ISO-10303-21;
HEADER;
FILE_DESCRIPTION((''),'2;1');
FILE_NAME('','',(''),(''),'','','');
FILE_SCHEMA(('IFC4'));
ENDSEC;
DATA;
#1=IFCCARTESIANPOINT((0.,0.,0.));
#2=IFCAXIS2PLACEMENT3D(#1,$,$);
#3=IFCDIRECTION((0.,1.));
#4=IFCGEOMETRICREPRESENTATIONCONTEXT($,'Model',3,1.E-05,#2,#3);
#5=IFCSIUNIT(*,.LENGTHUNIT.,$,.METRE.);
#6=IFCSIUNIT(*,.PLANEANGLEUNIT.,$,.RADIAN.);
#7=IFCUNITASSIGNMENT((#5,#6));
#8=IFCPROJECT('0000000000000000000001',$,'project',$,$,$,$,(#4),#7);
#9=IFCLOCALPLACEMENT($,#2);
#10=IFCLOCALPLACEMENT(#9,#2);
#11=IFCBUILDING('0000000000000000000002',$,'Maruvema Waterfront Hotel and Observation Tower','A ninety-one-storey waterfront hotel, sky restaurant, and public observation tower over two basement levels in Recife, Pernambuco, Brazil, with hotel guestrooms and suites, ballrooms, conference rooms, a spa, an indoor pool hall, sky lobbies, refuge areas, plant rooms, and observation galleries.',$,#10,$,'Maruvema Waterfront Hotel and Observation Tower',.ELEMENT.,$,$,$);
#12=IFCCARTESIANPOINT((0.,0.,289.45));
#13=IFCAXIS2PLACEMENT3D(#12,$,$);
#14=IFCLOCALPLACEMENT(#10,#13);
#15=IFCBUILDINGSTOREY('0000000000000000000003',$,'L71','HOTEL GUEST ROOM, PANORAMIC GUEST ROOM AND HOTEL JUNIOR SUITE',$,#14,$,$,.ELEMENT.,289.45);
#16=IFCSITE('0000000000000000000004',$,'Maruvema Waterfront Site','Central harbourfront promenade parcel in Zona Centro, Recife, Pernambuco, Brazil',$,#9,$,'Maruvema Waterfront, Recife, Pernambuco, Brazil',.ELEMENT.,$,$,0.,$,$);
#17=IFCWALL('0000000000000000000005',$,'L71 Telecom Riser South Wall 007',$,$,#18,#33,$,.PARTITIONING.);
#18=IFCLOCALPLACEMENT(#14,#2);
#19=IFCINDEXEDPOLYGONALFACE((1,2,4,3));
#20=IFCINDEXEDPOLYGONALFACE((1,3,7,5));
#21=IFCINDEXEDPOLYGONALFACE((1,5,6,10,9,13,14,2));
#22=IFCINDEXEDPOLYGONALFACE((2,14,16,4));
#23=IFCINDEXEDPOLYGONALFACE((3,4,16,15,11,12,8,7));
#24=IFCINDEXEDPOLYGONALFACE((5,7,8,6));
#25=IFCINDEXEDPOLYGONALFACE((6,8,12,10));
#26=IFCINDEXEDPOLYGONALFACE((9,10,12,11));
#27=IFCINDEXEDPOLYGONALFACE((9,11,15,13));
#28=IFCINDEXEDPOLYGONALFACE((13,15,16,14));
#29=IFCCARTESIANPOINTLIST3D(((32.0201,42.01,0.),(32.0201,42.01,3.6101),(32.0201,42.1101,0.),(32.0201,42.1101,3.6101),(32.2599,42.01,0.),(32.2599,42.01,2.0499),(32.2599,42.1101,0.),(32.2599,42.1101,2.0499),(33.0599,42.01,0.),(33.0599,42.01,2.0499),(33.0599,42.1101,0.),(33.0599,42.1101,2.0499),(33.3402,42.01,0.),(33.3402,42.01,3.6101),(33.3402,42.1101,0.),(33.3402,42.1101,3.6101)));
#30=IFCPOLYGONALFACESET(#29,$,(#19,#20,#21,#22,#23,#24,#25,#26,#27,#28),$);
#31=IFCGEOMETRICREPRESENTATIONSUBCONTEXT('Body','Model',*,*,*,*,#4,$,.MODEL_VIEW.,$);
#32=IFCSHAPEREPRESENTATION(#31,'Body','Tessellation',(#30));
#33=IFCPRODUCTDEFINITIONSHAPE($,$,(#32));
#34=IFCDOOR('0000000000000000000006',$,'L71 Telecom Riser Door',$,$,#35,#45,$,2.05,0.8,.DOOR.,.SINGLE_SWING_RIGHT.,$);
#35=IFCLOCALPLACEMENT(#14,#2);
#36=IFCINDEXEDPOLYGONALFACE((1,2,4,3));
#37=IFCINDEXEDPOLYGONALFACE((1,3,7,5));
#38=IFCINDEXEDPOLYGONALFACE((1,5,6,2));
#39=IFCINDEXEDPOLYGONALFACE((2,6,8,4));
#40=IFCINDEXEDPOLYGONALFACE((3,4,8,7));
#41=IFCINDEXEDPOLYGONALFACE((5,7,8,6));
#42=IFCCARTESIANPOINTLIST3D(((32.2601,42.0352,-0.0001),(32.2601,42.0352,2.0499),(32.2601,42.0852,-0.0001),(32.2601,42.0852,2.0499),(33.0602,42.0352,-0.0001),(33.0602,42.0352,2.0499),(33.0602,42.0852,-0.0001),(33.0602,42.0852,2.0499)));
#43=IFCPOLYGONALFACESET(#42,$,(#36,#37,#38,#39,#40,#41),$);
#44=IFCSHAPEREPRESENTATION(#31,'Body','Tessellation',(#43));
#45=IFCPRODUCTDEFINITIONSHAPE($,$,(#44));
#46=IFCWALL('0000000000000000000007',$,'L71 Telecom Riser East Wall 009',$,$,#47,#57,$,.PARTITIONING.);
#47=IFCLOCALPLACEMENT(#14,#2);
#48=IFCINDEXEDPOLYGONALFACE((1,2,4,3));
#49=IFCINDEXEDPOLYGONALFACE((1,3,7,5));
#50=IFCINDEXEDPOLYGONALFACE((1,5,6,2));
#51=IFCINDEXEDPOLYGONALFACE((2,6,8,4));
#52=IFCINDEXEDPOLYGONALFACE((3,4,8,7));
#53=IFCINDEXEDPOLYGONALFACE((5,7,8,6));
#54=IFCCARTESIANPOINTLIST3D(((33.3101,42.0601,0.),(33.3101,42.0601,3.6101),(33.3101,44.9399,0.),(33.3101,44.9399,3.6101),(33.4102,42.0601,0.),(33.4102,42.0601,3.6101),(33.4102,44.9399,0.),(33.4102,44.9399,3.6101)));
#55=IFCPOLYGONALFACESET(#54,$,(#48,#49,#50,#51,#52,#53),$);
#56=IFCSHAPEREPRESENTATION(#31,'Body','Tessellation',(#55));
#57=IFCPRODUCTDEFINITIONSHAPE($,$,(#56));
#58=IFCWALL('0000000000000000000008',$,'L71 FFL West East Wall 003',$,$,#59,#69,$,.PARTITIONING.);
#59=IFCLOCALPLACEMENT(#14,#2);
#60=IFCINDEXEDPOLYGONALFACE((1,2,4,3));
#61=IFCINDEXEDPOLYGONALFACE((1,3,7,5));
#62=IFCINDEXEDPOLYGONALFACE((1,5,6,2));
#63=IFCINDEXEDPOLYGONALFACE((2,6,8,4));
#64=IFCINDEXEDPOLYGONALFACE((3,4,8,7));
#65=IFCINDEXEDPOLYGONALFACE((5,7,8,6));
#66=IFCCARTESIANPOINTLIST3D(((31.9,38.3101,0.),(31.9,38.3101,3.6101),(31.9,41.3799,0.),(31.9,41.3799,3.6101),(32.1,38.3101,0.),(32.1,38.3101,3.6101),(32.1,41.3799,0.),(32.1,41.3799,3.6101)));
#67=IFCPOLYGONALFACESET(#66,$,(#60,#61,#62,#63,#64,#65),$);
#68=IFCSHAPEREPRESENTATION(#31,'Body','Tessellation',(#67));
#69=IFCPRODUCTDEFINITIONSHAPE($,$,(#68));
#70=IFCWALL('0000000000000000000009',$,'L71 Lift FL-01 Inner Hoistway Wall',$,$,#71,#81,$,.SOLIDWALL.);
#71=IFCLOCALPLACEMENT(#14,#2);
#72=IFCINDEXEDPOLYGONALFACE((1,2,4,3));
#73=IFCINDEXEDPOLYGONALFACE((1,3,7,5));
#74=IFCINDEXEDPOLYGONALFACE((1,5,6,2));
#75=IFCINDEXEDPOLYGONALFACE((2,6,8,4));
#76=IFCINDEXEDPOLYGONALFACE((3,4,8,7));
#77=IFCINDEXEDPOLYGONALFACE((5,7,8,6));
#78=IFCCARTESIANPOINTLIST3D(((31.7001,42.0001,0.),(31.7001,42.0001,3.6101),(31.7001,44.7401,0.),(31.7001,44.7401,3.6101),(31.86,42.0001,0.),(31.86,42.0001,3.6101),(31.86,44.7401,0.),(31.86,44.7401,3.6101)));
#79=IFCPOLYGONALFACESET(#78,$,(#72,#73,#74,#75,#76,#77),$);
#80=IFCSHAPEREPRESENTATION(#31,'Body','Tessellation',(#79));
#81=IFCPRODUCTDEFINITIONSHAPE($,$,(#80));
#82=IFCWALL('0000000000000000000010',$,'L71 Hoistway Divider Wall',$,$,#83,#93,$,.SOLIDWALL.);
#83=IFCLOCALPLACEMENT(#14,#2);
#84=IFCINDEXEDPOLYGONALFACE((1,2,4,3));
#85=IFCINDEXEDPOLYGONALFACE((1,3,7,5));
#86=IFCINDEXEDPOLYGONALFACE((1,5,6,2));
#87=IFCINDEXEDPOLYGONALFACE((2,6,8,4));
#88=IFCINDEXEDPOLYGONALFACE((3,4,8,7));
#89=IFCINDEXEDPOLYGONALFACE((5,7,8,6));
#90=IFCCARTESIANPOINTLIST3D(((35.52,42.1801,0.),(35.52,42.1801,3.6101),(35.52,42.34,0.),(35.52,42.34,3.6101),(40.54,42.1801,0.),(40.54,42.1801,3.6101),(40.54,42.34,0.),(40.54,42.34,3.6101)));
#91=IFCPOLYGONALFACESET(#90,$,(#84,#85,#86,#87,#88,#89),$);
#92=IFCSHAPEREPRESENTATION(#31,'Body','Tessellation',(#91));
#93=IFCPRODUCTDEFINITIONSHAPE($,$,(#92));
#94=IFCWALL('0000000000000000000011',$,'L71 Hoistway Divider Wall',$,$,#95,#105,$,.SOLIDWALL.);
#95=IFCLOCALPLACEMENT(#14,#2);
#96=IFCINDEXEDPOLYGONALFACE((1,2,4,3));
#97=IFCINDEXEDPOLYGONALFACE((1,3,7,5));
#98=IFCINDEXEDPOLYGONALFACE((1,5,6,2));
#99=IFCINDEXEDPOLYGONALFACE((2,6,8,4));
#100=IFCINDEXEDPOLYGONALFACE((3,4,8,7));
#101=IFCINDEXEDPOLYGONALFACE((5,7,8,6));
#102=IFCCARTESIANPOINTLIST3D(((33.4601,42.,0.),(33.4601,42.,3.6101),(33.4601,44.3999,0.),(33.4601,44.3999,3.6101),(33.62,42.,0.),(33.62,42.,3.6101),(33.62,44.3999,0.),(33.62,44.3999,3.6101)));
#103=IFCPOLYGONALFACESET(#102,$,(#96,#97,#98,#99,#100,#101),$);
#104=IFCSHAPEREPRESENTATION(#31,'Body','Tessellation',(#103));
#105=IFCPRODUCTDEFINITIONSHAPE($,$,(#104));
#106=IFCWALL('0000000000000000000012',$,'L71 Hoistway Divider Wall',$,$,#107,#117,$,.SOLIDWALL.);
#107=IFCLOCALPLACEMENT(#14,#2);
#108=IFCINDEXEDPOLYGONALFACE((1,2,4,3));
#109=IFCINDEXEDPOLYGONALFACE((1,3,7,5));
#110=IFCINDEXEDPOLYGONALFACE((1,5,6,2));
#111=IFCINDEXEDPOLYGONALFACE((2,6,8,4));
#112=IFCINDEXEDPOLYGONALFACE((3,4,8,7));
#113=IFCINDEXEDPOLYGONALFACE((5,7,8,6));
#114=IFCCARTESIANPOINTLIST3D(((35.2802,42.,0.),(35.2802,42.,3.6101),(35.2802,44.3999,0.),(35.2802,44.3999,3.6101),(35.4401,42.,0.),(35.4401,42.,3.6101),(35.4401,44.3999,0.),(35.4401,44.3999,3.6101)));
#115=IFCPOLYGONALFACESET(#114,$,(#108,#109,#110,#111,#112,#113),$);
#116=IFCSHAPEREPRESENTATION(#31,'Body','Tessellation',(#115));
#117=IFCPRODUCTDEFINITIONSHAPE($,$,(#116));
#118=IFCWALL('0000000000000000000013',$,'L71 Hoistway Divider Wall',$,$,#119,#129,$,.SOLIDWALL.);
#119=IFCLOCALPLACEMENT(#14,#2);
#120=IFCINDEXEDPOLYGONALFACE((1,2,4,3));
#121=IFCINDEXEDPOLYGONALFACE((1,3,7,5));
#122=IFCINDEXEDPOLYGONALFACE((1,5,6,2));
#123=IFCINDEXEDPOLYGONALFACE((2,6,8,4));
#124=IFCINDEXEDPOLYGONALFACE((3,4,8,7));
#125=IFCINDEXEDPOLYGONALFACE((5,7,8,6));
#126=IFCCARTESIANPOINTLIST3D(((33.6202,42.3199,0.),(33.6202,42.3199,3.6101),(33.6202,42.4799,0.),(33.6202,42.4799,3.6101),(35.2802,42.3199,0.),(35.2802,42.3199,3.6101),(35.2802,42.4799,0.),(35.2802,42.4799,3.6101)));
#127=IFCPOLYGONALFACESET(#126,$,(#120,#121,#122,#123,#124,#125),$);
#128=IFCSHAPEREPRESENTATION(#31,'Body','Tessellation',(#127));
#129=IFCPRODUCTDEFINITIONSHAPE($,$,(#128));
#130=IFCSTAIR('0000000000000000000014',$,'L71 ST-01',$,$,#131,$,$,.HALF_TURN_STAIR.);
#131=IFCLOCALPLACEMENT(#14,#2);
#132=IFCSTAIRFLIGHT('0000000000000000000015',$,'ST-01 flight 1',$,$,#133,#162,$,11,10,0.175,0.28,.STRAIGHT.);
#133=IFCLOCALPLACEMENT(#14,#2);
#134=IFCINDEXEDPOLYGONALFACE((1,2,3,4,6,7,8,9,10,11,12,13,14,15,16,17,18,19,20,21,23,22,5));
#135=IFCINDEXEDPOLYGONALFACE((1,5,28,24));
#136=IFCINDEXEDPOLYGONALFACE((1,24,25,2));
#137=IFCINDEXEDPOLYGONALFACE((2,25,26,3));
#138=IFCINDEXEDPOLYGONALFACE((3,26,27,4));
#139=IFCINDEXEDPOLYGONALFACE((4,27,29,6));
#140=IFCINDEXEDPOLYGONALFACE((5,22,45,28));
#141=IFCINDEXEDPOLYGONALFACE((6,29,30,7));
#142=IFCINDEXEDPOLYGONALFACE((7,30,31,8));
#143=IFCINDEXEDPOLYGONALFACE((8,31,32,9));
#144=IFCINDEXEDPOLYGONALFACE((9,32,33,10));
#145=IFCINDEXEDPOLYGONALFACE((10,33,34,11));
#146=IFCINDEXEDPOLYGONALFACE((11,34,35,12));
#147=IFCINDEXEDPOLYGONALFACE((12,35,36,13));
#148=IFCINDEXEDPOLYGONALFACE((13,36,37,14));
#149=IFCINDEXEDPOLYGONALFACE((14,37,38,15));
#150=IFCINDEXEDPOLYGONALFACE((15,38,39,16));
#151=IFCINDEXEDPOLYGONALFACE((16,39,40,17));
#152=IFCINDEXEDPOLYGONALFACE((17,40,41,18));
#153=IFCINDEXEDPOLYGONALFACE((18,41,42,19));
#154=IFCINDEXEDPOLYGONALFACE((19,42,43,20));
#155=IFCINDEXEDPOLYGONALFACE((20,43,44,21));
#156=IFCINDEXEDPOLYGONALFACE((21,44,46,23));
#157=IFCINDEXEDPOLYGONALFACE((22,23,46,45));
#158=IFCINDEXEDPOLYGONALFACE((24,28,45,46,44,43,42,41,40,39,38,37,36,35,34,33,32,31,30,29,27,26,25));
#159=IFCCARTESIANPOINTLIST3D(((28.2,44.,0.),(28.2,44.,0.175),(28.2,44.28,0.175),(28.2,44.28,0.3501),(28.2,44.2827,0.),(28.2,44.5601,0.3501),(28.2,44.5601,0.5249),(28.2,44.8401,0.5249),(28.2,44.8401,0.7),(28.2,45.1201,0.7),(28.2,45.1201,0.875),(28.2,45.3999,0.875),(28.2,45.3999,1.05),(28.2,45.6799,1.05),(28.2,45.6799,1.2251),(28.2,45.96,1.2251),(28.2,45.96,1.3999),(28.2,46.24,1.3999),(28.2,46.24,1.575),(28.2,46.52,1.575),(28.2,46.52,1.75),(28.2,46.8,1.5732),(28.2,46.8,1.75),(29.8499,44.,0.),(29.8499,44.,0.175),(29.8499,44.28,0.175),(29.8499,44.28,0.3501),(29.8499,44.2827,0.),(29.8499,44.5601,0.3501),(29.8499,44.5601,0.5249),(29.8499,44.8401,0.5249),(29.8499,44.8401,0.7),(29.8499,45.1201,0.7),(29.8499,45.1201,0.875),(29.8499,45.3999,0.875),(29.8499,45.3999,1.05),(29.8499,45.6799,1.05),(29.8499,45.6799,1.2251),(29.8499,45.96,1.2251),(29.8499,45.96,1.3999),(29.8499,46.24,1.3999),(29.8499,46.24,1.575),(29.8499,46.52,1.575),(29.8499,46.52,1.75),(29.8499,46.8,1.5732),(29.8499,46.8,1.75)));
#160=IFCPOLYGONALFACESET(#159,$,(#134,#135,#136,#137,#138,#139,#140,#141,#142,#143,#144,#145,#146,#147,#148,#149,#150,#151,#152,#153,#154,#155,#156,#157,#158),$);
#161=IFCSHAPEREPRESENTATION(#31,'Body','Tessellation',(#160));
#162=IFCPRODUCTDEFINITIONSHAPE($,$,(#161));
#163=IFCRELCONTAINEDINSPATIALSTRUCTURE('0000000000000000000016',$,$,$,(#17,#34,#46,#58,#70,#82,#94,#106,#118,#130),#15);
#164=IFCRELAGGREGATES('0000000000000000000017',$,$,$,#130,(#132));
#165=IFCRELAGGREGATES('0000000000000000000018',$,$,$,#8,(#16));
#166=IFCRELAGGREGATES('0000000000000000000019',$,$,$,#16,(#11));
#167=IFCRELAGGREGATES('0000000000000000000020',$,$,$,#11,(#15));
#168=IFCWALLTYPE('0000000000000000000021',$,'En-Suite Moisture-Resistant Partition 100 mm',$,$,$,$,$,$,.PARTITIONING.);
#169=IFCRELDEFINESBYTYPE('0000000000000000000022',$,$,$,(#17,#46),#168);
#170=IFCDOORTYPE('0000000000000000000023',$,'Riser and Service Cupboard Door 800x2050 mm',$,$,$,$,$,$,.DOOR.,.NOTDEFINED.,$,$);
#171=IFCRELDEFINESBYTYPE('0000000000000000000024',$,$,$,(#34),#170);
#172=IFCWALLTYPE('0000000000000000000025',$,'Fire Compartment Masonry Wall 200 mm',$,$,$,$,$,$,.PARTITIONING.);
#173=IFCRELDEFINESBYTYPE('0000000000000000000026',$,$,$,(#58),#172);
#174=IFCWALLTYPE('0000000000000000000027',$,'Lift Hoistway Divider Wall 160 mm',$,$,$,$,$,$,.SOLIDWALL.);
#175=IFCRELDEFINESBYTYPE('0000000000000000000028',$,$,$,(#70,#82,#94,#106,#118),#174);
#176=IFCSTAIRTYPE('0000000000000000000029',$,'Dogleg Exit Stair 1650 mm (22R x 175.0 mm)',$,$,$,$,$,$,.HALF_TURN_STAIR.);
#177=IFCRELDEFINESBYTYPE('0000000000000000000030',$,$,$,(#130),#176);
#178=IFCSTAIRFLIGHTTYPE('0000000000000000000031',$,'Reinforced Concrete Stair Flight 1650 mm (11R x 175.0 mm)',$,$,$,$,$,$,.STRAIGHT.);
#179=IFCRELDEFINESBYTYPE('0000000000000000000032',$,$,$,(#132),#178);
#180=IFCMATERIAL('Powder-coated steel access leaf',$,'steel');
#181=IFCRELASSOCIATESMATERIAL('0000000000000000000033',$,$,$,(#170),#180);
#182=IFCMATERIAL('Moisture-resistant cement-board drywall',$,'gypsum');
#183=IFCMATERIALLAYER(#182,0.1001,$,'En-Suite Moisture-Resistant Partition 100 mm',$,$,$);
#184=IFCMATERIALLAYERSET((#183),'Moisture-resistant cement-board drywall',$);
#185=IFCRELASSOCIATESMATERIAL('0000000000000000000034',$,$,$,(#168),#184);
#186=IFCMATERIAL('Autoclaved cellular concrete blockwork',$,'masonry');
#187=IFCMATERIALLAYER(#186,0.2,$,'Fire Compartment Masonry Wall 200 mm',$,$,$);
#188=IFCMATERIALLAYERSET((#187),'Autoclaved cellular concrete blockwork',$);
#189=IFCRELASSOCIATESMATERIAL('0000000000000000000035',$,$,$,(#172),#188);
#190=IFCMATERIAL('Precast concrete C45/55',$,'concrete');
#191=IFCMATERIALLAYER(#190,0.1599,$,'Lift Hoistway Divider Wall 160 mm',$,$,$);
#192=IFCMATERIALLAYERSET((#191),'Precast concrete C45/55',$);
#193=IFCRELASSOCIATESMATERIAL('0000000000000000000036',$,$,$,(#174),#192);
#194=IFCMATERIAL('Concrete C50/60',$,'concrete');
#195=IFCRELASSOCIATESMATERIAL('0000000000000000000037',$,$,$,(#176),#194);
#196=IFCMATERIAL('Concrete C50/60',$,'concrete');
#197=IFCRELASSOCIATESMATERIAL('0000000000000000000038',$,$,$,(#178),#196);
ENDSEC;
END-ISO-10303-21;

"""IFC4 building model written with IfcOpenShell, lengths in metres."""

from ifc_helpers import new_model, si_unit, direction, frame, frame_2d, origin, place, context, subcontext, project, spatial, polyline, rectangle, outline, extrude, material, layer, layer_set, type_object, element, fill, aggregate, save


model = new_model("IFC4")

# Units and contexts
model_context = context("Model", 3, precision=1e-05, world=origin(), true_north=direction((0.0, 1.0)))
body_context = subcontext(model_context, "Body", "Model", "MODEL_VIEW")
ifc_project = project(units=[si_unit("LENGTHUNIT", "METRE"), si_unit("PLANEANGLEUNIT", "RADIAN")], contexts=[model_context])

# Site, building, storey
site_placement = place(None, origin())
site = spatial("IfcSite", under=ifc_project, at=site_placement, Name="Maruvema Waterfront Site", Description="Central harbourfront promenade parcel in Zona Centro, Recife, Pernambuco, Brazil", LongName="Maruvema Waterfront, Recife, Pernambuco, Brazil", CompositionType="ELEMENT", RefElevation=0.0)
building_placement = place(site_placement, origin())
building = spatial("IfcBuilding", under=site, at=building_placement, Name="Maruvema Waterfront Hotel and Observation Tower", Description="A ninety-one-storey waterfront hotel, sky restaurant, and public observation tower over two basement levels in Recife, Pernambuco, Brazil, with hotel guestrooms and suites, ballrooms, conference rooms, a spa, an indoor pool hall, sky lobbies, refuge areas, plant rooms, and observation galleries.", LongName="Maruvema Waterfront Hotel and Observation Tower", CompositionType="ELEMENT")
storey_placement = place(building_placement, frame((0.0, 0.0, 289.45)))
storey = spatial("IfcBuildingStorey", under=building, at=storey_placement, Name="L71", Description="HOTEL GUEST ROOM, PANORAMIC GUEST ROOM AND HOTEL JUNIOR SUITE", CompositionType="ELEMENT", Elevation=289.45)

# Shared definitions
ifc_material_1 = material(Name="Powder-coated steel access leaf", Category="steel")
door_type_1 = type_object("IfcDoorType", Name="Riser and Service Cupboard Door 800x2050 mm", OperationType="NOTDEFINED", PredefinedType="DOOR", material=ifc_material_1)

# Wall, opening, door
ifc_material_2 = material(Name="Moisture-resistant cement-board drywall", Category="gypsum")
ifc_layer_1 = layer(ifc_material_2, 0.1001, Name="En-Suite Moisture-Resistant Partition 100 mm")
ifc_layer_set_1 = layer_set([ifc_layer_1], Name="Moisture-resistant cement-board drywall")
wall_type_1 = type_object("IfcWallType", Name="En-Suite Moisture-Resistant Partition 100 mm", PredefinedType="PARTITIONING", material=ifc_layer_set_1)
wall_1_placement = place(storey_placement, frame((32.02, 42.0601, 0.0), z_axis=(0.0, 0.0, 1.0), x_axis=(1.0, 0.0, 0.0)))
wall_1 = element("IfcWall", 1, at=wall_1_placement, inside=storey, type_object=wall_type_1, Name="L71 Telecom Riser South Wall 007", PredefinedType="PARTITIONING", context=body_context, shape_type="SweptSolid", body=[
    extrude(rectangle(XDim=1.3201, YDim=0.1001, at=frame_2d((0.6602, 0.0))), origin(), (0.0, 0.0, 1.0), 3.6101),
])
opening_1_placement = place(wall_1_placement, frame((0.24, 0.0, 0.0)))
opening_1 = element("IfcOpeningElement", 2, at=opening_1_placement, cuts=wall_1, PredefinedType="OPENING", context=body_context, shape_type="SweptSolid", body=[
    extrude(rectangle(XDim=0.8, YDim=2.05, at=frame_2d((0.3999, 1.0249))), frame((0.0, 0.0601, 0.0), z_axis=(0.0, -1.0, 0.0), x_axis=(1.0, 0.0, 0.0)), (0.0, 0.0, 1.0), 0.1201),
])
door_1_placement = place(opening_1_placement, frame((0.8, 0.0, 0.0), z_axis=(0.0, 0.0, 1.0), x_axis=(-1.0, 0.0, 0.0)))
door_1 = element("IfcDoor", 3, at=door_1_placement, inside=storey, type_object=door_type_1, Name="L71 Telecom Riser Door", OperationType="SINGLE_SWING_RIGHT", OverallHeight=2.05, OverallWidth=0.8, PredefinedType="DOOR", context=body_context, shape_type="SweptSolid", body=[
    extrude(rectangle(XDim=0.8, YDim=2.05, at=frame_2d((0.3999, 1.0249))), frame((0.0, 0.0249, 0.0), z_axis=(0.0, -1.0, 0.0), x_axis=(1.0, 0.0, 0.0)), (0.0, 0.0, 1.0), 0.05),
])
fill(opening_1, door_1)

# Walls
wall_2_placement = place(storey_placement, frame((33.3601, 42.0601, 0.0), z_axis=(0.0, 0.0, 1.0), x_axis=(0.0, 1.0, 0.0)))
element("IfcWall", 4, at=wall_2_placement, inside=storey, type_object=wall_type_1, Name="L71 Telecom Riser East Wall 009", PredefinedType="PARTITIONING", context=body_context, shape_type="SweptSolid", body=[
    extrude(rectangle(XDim=2.8799, YDim=0.1001, at=frame_2d((1.4399, 0.0))), origin(), (0.0, 0.0, 1.0), 3.6101),
])
ifc_material_3 = material(Name="Autoclaved cellular concrete blockwork", Category="masonry")
ifc_layer_2 = layer(ifc_material_3, 0.2, Name="Fire Compartment Masonry Wall 200 mm")
ifc_layer_set_2 = layer_set([ifc_layer_2], Name="Autoclaved cellular concrete blockwork")
wall_type_2 = type_object("IfcWallType", Name="Fire Compartment Masonry Wall 200 mm", PredefinedType="PARTITIONING", material=ifc_layer_set_2)
wall_3_placement = place(storey_placement, frame((32.0, 38.3101, 0.0), z_axis=(0.0, 0.0, 1.0), x_axis=(0.0, 1.0, 0.0)))
element("IfcWall", 5, at=wall_3_placement, inside=storey, type_object=wall_type_2, Name="L71 FFL West East Wall 003", PredefinedType="PARTITIONING", context=body_context, shape_type="SweptSolid", body=[
    extrude(rectangle(XDim=3.0698, YDim=0.2, at=frame_2d((1.5349, 0.0))), origin(), (0.0, 0.0, 1.0), 3.6101),
])
ifc_material_4 = material(Name="Precast concrete C45/55", Category="concrete")
ifc_layer_3 = layer(ifc_material_4, 0.1599, Name="Lift Hoistway Divider Wall 160 mm")
ifc_layer_set_3 = layer_set([ifc_layer_3], Name="Precast concrete C45/55")
wall_type_3 = type_object("IfcWallType", Name="Lift Hoistway Divider Wall 160 mm", PredefinedType="SOLIDWALL", material=ifc_layer_set_3)
wall_4_placement = place(storey_placement, frame((31.78, 42.0, 0.0), z_axis=(0.0, 0.0, 1.0), x_axis=(0.0, 1.0, 0.0)))
element("IfcWall", 6, at=wall_4_placement, inside=storey, type_object=wall_type_3, Name="L71 Lift FL-01 Inner Hoistway Wall", PredefinedType="SOLIDWALL", context=body_context, shape_type="SweptSolid", body=[
    extrude(rectangle(XDim=2.74, YDim=0.1599, at=frame_2d((1.3701, 0.0))), origin(), (0.0, 0.0, 1.0), 3.6101),
])
wall_5_placement = place(storey_placement, frame((35.52, 42.26, 0.0), z_axis=(0.0, 0.0, 1.0), x_axis=(1.0, 0.0, 0.0)))
element("IfcWall", 7, at=wall_5_placement, inside=storey, type_object=wall_type_3, Name="L71 Hoistway Divider Wall", PredefinedType="SOLIDWALL", context=body_context, shape_type="SweptSolid", body=[
    extrude(rectangle(XDim=5.02, YDim=0.1599, at=frame_2d((2.51, 0.0))), origin(), (0.0, 0.0, 1.0), 3.6101),
])
for number, where, z_axis, x_axis, name in (
    (8, (33.54, 42.0, 0.0), (0.0, 0.0, 1.0), (0.0, 1.0, 0.0), "L71 Hoistway Divider Wall"),
    (9, (35.3601, 42.0, 0.0), (0.0, 0.0, 1.0), (0.0, 1.0, 0.0), "L71 Hoistway Divider Wall"),
):
    element("IfcWall", number, at=place(storey_placement, frame(where, z_axis=z_axis, x_axis=x_axis)), inside=storey, type_object=wall_type_3, Name=name, PredefinedType="SOLIDWALL", context=body_context, shape_type="SweptSolid", body=[
        extrude(rectangle(XDim=2.3999, YDim=0.1599, at=frame_2d((1.2, 0.0))), origin(), (0.0, 0.0, 1.0), 3.6101),
    ])
wall_6_placement = place(storey_placement, frame((33.6201, 42.3999, 0.0), z_axis=(0.0, 0.0, 1.0), x_axis=(1.0, 0.0, 0.0)))
element("IfcWall", 10, at=wall_6_placement, inside=storey, type_object=wall_type_3, Name="L71 Hoistway Divider Wall", PredefinedType="SOLIDWALL", context=body_context, shape_type="SweptSolid", body=[
    extrude(rectangle(XDim=1.6599, YDim=0.1599, at=frame_2d((0.8301, 0.0))), origin(), (0.0, 0.0, 1.0), 3.6101),
])

# Stair, stair flight
ifc_material_5 = material(Name="Concrete C50/60", Category="concrete")
stair_type = type_object("IfcStairType", Name="Dogleg Exit Stair 1650 mm (22R x 175.0 mm)", PredefinedType="HALF_TURN_STAIR", material=ifc_material_5)
stair_placement = place(storey_placement, origin())
stair = element("IfcStair", 11, at=stair_placement, inside=storey, type_object=stair_type, Name="L71 ST-01", PredefinedType="HALF_TURN_STAIR")
ifc_material_6 = material(Name="Concrete C50/60", Category="concrete")
stair_flight_type = type_object("IfcStairFlightType", Name="Reinforced Concrete Stair Flight 1650 mm (11R x 175.0 mm)", PredefinedType="STRAIGHT", material=ifc_material_6)
stair_flight_placement = place(storey_placement, frame((29.0249, 44.0, 0.0), z_axis=(0.0, 0.0, 1.0), x_axis=(0.0, 1.0, 0.0)))
stair_flight = element("IfcStairFlight", 12, at=stair_flight_placement, type_object=stair_flight_type, Name="ST-01 flight 1", NumberOfRisers=11, NumberOfTreads=10, PredefinedType="STRAIGHT", RiserHeight=0.175, TreadLength=0.28, context=body_context, shape_type="SweptSolid", body=[
    extrude(outline(polyline([(0.0, 0.0), (0.0, 0.175), (0.28, 0.175), (0.28, 0.3501), (0.5601, 0.3501), (0.5601, 0.5249), (0.8401, 0.5249), (0.8401, 0.7), (1.1201, 0.7), (1.1201, 0.875), (1.3999, 0.875), (1.3999, 1.05), (1.6799, 1.05), (1.6799, 1.2251), (1.96, 1.2251), (1.96, 1.3999), (2.24, 1.3999), (2.24, 1.575), (2.52, 1.575), (2.52, 1.75), (2.8, 1.75), (2.8, 1.925), (2.8, 1.5732), (0.2827, 0.0), (0.0, 0.0)])), frame((0.0, 0.825, 0.0), z_axis=(0.0, -1.0, 0.0), x_axis=(1.0, 0.0, 0.0)), (0.0, 0.0, 1.0), 1.6499),
])
aggregate(stair, [stair_flight])

save(model, "model.ifc")
